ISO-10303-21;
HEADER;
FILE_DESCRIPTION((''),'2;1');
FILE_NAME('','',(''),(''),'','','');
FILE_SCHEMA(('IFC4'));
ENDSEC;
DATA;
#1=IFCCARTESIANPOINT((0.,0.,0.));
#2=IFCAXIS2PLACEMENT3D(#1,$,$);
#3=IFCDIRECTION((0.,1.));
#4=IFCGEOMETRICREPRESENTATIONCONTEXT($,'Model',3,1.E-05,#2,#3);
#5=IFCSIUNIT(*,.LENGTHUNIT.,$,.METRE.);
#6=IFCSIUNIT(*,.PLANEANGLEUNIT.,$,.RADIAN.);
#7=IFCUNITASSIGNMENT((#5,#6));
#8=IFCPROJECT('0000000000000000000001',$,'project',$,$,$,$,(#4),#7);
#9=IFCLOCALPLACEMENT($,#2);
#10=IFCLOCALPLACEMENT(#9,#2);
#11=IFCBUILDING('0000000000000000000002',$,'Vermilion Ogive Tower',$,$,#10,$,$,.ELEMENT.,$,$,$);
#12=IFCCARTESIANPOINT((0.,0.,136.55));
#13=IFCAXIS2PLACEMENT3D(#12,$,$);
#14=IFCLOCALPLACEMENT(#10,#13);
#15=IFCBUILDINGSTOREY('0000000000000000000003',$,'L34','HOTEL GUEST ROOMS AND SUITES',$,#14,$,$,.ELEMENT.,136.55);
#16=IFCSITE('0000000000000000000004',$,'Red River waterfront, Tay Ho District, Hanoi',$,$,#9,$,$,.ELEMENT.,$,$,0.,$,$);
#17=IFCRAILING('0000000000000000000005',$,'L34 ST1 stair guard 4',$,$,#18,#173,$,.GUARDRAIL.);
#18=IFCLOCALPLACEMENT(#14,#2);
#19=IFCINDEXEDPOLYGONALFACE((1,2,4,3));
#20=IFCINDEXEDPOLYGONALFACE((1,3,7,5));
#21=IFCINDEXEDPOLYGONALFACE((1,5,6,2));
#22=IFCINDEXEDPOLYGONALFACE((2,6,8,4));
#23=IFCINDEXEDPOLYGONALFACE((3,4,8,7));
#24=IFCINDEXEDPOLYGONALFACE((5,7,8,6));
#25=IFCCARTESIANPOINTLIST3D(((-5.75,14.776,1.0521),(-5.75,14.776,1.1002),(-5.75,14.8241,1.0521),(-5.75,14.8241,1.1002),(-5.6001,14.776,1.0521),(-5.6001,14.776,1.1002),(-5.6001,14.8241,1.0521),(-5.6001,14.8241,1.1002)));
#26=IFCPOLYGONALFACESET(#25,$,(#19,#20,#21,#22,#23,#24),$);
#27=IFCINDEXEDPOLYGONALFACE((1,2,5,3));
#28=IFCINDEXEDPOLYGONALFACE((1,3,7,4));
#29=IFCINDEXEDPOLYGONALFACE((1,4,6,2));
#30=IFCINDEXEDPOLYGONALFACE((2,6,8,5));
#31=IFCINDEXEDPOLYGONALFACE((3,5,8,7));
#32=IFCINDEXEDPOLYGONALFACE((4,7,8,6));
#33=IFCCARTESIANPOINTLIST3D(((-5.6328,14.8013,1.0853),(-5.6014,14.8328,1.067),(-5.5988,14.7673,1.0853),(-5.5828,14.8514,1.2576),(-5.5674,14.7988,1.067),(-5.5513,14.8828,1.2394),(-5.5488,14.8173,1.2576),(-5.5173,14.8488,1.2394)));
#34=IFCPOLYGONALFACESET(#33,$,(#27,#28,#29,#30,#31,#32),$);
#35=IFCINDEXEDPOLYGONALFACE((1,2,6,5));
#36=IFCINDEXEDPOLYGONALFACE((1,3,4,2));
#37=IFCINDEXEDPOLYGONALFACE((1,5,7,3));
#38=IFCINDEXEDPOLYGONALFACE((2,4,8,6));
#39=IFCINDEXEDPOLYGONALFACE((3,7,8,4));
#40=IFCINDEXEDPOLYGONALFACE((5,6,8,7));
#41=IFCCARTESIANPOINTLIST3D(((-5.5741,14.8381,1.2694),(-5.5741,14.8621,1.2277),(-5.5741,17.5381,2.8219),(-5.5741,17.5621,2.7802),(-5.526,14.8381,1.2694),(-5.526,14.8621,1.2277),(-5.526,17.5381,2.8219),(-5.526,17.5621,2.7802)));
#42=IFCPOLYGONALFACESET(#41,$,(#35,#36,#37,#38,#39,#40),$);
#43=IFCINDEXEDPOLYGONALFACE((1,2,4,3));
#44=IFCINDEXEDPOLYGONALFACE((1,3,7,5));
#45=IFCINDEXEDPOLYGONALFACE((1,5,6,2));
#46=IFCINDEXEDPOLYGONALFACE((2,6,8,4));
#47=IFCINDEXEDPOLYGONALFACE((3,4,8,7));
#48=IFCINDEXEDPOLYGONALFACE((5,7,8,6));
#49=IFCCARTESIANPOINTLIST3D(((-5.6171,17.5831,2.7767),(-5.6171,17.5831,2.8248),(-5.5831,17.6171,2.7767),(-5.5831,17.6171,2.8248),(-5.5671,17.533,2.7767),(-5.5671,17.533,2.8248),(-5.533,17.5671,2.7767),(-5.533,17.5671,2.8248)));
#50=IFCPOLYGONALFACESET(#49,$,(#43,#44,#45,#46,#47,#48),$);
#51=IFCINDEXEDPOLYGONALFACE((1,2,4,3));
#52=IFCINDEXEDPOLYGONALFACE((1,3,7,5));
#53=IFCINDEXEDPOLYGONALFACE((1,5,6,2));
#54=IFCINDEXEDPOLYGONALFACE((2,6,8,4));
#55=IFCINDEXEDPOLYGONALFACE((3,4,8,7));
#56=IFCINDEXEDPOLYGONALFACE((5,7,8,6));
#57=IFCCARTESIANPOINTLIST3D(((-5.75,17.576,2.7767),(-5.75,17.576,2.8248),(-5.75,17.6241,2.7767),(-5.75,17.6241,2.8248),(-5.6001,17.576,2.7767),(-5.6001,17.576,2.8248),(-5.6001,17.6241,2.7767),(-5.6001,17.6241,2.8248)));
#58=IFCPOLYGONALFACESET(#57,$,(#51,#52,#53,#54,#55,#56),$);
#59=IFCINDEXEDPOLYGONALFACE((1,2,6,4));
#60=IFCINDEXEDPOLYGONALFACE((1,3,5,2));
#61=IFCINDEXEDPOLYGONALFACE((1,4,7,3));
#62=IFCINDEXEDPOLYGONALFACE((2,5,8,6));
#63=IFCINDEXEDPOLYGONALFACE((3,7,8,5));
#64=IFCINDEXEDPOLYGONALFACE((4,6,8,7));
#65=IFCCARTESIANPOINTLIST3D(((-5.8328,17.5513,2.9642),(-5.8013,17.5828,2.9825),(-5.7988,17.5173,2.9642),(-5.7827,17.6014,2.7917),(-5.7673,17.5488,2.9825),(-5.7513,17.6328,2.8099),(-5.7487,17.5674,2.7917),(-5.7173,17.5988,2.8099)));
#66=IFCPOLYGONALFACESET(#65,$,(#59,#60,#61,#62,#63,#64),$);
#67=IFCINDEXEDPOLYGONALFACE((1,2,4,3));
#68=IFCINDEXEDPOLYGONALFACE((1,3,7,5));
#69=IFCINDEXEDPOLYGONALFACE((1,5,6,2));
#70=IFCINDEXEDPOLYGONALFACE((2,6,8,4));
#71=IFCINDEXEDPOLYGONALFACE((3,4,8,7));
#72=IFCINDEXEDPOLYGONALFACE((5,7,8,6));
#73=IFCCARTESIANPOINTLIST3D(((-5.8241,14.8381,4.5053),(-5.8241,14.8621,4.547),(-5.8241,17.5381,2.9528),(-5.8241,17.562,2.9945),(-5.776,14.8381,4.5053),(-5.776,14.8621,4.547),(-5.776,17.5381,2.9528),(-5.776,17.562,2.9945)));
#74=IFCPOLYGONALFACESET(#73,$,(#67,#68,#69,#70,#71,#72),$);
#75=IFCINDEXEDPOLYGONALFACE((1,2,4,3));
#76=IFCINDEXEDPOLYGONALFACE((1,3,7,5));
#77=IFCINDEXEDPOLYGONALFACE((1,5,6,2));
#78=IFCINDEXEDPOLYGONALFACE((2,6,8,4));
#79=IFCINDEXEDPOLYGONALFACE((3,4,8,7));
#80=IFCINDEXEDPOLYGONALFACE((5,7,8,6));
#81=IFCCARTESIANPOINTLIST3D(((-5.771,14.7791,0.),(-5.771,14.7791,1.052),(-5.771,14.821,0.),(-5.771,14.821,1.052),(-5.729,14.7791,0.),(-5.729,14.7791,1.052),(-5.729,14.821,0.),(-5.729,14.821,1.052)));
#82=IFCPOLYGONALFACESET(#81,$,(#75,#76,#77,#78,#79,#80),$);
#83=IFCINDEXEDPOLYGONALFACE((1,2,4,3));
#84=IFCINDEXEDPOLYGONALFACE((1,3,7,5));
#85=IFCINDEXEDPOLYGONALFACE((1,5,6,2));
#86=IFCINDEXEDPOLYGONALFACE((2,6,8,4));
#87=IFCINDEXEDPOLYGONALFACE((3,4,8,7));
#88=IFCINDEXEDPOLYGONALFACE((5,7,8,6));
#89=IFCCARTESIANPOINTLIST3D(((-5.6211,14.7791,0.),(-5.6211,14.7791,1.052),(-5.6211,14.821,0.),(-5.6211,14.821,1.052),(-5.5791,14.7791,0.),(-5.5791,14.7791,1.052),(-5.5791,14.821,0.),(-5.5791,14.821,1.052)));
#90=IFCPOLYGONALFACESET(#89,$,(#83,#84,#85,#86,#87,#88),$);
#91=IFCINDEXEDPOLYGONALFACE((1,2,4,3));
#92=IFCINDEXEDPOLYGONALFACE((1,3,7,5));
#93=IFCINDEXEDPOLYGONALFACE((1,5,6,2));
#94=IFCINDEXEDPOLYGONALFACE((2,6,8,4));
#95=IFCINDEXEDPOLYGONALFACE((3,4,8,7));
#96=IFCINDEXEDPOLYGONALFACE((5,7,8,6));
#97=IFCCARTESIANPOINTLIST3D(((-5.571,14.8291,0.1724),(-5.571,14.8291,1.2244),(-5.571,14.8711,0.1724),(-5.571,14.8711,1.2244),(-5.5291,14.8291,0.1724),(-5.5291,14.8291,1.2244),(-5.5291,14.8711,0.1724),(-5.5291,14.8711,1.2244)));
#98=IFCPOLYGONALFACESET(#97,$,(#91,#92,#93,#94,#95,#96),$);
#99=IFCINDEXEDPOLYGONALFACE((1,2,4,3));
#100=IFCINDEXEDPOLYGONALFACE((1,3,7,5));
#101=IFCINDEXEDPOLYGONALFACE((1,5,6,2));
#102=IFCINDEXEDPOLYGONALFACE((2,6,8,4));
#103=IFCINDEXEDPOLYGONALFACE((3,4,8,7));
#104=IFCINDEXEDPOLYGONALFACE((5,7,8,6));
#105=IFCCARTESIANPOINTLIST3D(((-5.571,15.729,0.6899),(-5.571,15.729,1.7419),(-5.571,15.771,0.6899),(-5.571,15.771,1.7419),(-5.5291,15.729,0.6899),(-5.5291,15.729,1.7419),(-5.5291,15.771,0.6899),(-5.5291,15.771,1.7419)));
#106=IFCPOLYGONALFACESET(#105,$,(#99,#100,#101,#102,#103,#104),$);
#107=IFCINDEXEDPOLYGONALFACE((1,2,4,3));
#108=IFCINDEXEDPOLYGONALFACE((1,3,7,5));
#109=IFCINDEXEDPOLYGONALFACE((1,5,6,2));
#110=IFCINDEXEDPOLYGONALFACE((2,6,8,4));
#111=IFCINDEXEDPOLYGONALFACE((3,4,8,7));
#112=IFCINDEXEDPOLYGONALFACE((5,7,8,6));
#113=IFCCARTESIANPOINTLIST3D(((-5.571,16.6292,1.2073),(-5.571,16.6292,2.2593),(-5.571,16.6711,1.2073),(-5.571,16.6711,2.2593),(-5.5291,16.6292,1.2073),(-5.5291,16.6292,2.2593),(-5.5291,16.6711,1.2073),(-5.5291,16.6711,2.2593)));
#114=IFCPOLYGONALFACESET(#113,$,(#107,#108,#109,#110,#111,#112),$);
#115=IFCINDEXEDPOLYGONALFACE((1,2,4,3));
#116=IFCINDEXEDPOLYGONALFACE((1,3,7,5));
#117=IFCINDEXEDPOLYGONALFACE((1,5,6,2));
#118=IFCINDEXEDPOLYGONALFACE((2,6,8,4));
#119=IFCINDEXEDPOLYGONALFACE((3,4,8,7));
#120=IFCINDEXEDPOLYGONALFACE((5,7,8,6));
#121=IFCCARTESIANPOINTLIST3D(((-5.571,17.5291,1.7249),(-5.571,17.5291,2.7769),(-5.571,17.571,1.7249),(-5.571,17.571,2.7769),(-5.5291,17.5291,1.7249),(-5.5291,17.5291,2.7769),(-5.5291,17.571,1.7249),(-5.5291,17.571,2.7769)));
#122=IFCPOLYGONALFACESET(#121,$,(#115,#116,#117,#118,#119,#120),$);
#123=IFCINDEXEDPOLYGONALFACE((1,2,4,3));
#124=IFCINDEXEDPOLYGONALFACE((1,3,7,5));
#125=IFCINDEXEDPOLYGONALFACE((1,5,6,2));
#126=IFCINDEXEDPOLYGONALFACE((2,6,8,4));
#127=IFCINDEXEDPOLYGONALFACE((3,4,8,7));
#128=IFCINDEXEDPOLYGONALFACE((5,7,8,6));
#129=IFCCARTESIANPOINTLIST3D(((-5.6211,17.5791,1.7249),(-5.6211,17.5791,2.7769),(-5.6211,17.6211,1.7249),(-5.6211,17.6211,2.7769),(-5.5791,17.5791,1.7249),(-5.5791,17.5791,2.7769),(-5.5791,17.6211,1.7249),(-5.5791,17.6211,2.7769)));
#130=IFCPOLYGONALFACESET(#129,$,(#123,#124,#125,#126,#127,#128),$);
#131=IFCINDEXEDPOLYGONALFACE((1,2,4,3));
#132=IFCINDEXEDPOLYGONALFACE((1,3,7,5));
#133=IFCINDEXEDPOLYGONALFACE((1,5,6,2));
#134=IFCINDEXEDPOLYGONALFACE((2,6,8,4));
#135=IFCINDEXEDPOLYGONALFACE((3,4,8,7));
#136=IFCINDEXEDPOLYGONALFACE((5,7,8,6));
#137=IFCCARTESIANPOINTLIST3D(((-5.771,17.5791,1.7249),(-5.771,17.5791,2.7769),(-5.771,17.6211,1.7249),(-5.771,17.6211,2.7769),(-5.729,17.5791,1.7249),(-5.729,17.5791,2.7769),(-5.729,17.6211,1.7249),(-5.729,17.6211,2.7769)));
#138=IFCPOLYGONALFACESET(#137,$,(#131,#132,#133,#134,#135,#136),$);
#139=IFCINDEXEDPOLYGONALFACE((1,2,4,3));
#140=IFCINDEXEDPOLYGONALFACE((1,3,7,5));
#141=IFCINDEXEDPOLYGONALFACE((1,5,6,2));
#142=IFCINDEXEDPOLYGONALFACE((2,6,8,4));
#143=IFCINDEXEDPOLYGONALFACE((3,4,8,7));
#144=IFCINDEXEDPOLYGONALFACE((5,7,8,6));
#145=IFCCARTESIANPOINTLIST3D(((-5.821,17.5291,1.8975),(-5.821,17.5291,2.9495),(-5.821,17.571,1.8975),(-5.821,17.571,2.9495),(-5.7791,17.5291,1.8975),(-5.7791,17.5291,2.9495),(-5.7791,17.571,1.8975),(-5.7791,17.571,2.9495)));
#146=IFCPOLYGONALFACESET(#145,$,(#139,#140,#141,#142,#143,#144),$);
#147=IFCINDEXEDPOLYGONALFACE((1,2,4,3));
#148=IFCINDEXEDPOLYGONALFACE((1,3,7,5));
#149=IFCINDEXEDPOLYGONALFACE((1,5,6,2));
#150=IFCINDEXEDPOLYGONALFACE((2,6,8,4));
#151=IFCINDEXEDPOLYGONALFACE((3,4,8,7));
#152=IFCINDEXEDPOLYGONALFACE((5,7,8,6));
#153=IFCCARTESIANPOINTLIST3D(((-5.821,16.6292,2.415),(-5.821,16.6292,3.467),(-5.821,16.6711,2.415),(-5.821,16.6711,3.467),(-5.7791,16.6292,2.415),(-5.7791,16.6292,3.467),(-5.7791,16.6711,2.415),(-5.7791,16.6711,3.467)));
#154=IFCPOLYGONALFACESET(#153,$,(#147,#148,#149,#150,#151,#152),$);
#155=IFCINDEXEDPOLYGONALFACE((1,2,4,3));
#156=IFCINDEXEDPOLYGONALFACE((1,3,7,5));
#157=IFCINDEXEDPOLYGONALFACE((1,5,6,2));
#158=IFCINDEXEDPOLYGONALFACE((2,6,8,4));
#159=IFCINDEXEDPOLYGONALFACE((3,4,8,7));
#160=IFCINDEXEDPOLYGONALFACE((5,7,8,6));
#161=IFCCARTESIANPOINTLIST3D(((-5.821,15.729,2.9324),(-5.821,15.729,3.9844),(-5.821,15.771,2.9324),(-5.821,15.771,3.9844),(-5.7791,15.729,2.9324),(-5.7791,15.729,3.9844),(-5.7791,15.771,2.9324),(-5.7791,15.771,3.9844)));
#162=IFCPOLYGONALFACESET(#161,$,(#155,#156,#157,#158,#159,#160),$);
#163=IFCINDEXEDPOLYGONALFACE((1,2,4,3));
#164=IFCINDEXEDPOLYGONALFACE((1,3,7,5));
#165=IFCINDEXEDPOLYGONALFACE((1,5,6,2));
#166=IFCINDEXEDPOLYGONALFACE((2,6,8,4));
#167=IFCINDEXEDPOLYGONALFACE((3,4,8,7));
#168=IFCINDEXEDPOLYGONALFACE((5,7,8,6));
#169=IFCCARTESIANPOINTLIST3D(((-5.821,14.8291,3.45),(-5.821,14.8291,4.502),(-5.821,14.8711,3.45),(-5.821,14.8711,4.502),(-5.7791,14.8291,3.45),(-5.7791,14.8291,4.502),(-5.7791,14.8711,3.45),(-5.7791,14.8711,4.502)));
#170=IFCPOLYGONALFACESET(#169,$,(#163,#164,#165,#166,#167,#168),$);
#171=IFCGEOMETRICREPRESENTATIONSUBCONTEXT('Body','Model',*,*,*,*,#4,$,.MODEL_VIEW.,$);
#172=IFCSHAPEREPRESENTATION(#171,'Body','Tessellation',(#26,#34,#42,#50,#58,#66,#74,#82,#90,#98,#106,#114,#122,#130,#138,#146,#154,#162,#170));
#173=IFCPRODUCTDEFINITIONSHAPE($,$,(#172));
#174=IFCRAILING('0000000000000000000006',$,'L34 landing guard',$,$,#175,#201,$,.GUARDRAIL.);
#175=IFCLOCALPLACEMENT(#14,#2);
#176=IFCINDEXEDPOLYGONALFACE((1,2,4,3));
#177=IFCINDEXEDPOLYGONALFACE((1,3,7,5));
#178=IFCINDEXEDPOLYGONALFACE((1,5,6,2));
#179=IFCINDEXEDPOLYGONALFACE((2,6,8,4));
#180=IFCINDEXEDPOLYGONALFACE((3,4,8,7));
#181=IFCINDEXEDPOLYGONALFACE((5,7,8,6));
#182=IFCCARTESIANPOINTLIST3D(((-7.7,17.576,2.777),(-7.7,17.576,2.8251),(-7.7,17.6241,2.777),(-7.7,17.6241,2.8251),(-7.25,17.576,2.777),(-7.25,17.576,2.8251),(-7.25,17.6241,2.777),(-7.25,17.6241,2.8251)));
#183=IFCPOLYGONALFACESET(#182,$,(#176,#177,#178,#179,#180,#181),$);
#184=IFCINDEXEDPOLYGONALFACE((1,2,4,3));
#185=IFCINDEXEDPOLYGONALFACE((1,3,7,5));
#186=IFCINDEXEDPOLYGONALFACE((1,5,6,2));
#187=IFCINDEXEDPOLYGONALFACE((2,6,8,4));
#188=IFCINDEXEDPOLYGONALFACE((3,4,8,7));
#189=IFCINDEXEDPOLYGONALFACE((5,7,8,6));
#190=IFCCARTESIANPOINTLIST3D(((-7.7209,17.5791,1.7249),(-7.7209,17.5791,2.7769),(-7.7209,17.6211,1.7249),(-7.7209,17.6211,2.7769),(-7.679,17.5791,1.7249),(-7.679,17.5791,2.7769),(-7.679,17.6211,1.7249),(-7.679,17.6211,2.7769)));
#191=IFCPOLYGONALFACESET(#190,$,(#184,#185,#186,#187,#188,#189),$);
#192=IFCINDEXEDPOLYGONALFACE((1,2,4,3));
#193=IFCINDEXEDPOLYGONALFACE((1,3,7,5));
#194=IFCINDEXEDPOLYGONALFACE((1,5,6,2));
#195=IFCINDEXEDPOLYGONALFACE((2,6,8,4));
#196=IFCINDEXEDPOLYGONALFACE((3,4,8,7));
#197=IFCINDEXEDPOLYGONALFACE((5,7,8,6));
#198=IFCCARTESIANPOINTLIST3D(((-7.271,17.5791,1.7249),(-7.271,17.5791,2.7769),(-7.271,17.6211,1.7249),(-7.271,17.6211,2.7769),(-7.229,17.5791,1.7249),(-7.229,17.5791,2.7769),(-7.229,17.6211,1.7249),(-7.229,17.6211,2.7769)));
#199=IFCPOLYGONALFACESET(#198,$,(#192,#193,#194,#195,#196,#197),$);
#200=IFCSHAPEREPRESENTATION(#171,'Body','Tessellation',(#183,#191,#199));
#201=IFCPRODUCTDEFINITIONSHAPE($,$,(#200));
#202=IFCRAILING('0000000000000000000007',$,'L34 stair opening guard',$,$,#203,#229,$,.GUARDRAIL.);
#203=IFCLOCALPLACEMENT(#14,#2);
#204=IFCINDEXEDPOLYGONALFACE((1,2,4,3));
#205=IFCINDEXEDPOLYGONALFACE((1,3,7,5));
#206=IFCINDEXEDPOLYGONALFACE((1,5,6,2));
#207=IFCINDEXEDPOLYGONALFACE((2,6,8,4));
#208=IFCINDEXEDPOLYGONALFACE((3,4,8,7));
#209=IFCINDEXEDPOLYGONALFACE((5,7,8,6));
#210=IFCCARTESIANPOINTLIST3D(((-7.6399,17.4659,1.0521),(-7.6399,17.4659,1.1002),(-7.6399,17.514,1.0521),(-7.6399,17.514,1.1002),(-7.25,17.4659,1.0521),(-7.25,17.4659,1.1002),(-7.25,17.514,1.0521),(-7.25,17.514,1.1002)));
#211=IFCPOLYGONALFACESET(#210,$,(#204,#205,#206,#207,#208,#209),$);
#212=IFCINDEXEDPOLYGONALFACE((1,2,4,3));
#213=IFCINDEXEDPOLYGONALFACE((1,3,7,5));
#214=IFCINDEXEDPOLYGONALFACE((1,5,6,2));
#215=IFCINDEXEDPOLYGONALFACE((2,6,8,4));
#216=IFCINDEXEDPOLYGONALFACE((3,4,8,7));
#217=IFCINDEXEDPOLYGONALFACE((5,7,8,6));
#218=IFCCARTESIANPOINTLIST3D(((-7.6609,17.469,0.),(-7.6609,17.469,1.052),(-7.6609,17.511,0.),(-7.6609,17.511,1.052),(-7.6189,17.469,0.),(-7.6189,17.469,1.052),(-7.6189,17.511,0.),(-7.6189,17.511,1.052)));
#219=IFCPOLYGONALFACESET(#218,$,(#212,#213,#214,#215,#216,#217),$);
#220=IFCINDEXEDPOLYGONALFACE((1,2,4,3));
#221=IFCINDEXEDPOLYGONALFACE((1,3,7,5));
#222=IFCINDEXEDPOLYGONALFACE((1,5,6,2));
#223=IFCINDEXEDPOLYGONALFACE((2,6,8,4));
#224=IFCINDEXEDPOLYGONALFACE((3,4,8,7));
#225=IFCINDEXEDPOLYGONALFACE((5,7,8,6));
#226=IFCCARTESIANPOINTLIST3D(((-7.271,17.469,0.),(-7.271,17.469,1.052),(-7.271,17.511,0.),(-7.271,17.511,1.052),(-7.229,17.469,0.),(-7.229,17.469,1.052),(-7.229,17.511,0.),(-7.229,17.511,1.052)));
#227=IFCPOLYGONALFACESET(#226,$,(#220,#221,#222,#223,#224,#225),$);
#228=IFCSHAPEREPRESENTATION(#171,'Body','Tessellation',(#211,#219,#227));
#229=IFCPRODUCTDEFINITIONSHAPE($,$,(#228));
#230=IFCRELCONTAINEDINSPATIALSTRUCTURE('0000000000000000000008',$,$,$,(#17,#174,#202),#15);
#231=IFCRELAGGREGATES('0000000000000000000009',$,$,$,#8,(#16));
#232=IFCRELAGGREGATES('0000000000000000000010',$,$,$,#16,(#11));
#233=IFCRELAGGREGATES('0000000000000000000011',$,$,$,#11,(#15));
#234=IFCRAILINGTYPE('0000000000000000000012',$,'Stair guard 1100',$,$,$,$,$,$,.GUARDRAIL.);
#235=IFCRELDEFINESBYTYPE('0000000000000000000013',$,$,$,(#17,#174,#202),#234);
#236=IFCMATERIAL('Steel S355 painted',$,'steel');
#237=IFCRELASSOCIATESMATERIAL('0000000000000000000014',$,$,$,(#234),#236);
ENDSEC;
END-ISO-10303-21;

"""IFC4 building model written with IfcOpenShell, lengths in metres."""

from ifc_helpers import new_model, si_unit, direction, frame, origin, origin_2d, place, context, subcontext, project, spatial, rectangle, extrude, material, type_object, element, save


model = new_model("IFC4")

# Units and contexts
model_context = context("Model", 3, precision=1e-05, world=origin(), true_north=direction((0.0, 1.0)))
body_context = subcontext(model_context, "Body", "Model", "MODEL_VIEW")
ifc_project = project(units=[si_unit("LENGTHUNIT", "METRE"), si_unit("PLANEANGLEUNIT", "RADIAN")], contexts=[model_context])

# Site, building, storey
site_placement = place(None, origin())
site = spatial("IfcSite", under=ifc_project, at=site_placement, Name="Red River waterfront, Tay Ho District, Hanoi", CompositionType="ELEMENT", RefElevation=0.0)
building_placement = place(site_placement, origin())
building = spatial("IfcBuilding", under=site, at=building_placement, Name="Vermilion Ogive Tower", CompositionType="ELEMENT")
storey_placement = place(building_placement, frame((0.0, 0.0, 136.55)))
storey = spatial("IfcBuildingStorey", under=building, at=storey_placement, Name="L34", Description="HOTEL GUEST ROOMS AND SUITES", CompositionType="ELEMENT", Elevation=136.55)

# Railings
ifc_material_1 = material(Name="Steel S355 painted", Category="steel")
railing_type_1 = type_object("IfcRailingType", Name="Stair guard 1100", PredefinedType="GUARDRAIL", material=ifc_material_1)
railing_1_placement = place(storey_placement, frame((-5.75, 14.8, 0.0)))
element("IfcRailing", 1, at=railing_1_placement, inside=storey, type_object=railing_type_1, Name="L34 ST1 stair guard 4", PredefinedType="GUARDRAIL", context=body_context, shape_type="SweptSolid", body=[
    extrude(rectangle(XDim=0.0481, YDim=0.0481, at=origin_2d()), frame((0.0, 0.0, 1.0762), z_axis=(1.0, 0.0, 0.0), x_axis=(0.0, 1.0, 0.0)), (0.0, 0.0, 1.0), 0.1499),
    extrude(rectangle(XDim=0.0481, YDim=0.0481, at=origin_2d()), frame((0.1499, 0.0, 1.0762), z_axis=(0.268603, 0.268603, 0.925043), x_axis=(-0.707107, 0.707107, 0.0)), (0.0, 0.0, 1.0), 0.1863),
    extrude(rectangle(XDim=0.0481, YDim=0.0481, at=origin_2d()), frame((0.2, 0.05, 1.2485), z_axis=(0.0, 0.866904, 0.498476), x_axis=(-1.0, 0.0, 0.0)), (0.0, 0.0, 1.0), 3.1145),
    extrude(rectangle(XDim=0.0481, YDim=0.0481, at=origin_2d()), frame((0.2, 2.75, 2.8008), z_axis=(-0.707107, 0.707107, 0.0), x_axis=(-0.707107, -0.707107, 0.0)), (0.0, 0.0, 1.0), 0.0708),
    extrude(rectangle(XDim=0.0481, YDim=0.0481, at=origin_2d()), frame((0.1499, 2.8, 2.8008), z_axis=(-1.0, 0.0, 0.0), x_axis=(0.0, -1.0, 0.0)), (0.0, 0.0, 1.0), 0.1499),
    extrude(rectangle(XDim=0.0481, YDim=0.0481, at=origin_2d()), frame((0.0, 2.8, 2.8008), z_axis=(-0.268278, -0.268278, 0.925232), x_axis=(0.707107, -0.707107, 0.0)), (0.0, 0.0, 1.0), 0.1865),
    extrude(rectangle(XDim=0.0481, YDim=0.0481, at=origin_2d()), frame((-0.05, 2.75, 2.9736), z_axis=(0.0, -0.866904, 0.498476), x_axis=(1.0, 0.0, 0.0)), (0.0, 0.0, 1.0), 3.1145),
    extrude(rectangle(XDim=0.042, YDim=0.042, at=origin_2d()), origin(), (0.0, 0.0, 1.0), 1.052),
    extrude(rectangle(XDim=0.042, YDim=0.042, at=origin_2d()), frame((0.1499, 0.0, 0.0)), (0.0, 0.0, 1.0), 1.052),
    extrude(rectangle(XDim=0.042, YDim=0.042, at=origin_2d()), frame((0.2, 0.05, 0.1724)), (0.0, 0.0, 1.0), 1.052),
    extrude(rectangle(XDim=0.042, YDim=0.042, at=origin_2d()), frame((0.2, 0.95, 0.6899)), (0.0, 0.0, 1.0), 1.052),
    extrude(rectangle(XDim=0.042, YDim=0.042, at=origin_2d()), frame((0.2, 1.8501, 1.2073)), (0.0, 0.0, 1.0), 1.052),
    extrude(rectangle(XDim=0.042, YDim=0.042, at=origin_2d()), frame((0.2, 2.75, 1.7249)), (0.0, 0.0, 1.0), 1.052),
    extrude(rectangle(XDim=0.042, YDim=0.042, at=origin_2d()), frame((0.1499, 2.8, 1.7249)), (0.0, 0.0, 1.0), 1.052),
    extrude(rectangle(XDim=0.042, YDim=0.042, at=origin_2d()), frame((0.0, 2.8, 1.7249)), (0.0, 0.0, 1.0), 1.052),
    extrude(rectangle(XDim=0.042, YDim=0.042, at=origin_2d()), frame((-0.05, 2.75, 1.8975)), (0.0, 0.0, 1.0), 1.052),
    extrude(rectangle(XDim=0.042, YDim=0.042, at=origin_2d()), frame((-0.05, 1.8501, 2.415)), (0.0, 0.0, 1.0), 1.052),
    extrude(rectangle(XDim=0.042, YDim=0.042, at=origin_2d()), frame((-0.05, 0.95, 2.9324)), (0.0, 0.0, 1.0), 1.052),
    extrude(rectangle(XDim=0.042, YDim=0.042, at=origin_2d()), frame((-0.05, 0.05, 3.45)), (0.0, 0.0, 1.0), 1.052),
])
railing_2_placement = place(storey_placement, frame((-7.7, 17.6001, 1.7249)))
element("IfcRailing", 2, at=railing_2_placement, inside=storey, type_object=railing_type_1, Name="L34 landing guard", PredefinedType="GUARDRAIL", context=body_context, shape_type="SweptSolid", body=[
    extrude(rectangle(XDim=0.0481, YDim=0.0481, at=origin_2d()), frame((0.0, 0.0, 1.0762), z_axis=(1.0, 0.0, 0.0), x_axis=(0.0, 1.0, 0.0)), (0.0, 0.0, 1.0), 0.45),
    extrude(rectangle(XDim=0.042, YDim=0.042, at=origin_2d()), origin(), (0.0, 0.0, 1.0), 1.052),
    extrude(rectangle(XDim=0.042, YDim=0.042, at=origin_2d()), frame((0.45, 0.0, 0.0)), (0.0, 0.0, 1.0), 1.052),
])
railing_3_placement = place(storey_placement, frame((-7.6399, 17.49, 0.0)))
element("IfcRailing", 3, at=railing_3_placement, inside=storey, type_object=railing_type_1, Name="L34 stair opening guard", PredefinedType="GUARDRAIL", context=body_context, shape_type="SweptSolid", body=[
    extrude(rectangle(XDim=0.0481, YDim=0.0481, at=origin_2d()), frame((0.0, 0.0, 1.0762), z_axis=(1.0, 0.0, 0.0), x_axis=(0.0, 1.0, 0.0)), (0.0, 0.0, 1.0), 0.3899),
    extrude(rectangle(XDim=0.042, YDim=0.042, at=origin_2d()), origin(), (0.0, 0.0, 1.0), 1.052),
    extrude(rectangle(XDim=0.042, YDim=0.042, at=origin_2d()), frame((0.3899, 0.0, 0.0)), (0.0, 0.0, 1.0), 1.052),
])

save(model, "model.ifc")
